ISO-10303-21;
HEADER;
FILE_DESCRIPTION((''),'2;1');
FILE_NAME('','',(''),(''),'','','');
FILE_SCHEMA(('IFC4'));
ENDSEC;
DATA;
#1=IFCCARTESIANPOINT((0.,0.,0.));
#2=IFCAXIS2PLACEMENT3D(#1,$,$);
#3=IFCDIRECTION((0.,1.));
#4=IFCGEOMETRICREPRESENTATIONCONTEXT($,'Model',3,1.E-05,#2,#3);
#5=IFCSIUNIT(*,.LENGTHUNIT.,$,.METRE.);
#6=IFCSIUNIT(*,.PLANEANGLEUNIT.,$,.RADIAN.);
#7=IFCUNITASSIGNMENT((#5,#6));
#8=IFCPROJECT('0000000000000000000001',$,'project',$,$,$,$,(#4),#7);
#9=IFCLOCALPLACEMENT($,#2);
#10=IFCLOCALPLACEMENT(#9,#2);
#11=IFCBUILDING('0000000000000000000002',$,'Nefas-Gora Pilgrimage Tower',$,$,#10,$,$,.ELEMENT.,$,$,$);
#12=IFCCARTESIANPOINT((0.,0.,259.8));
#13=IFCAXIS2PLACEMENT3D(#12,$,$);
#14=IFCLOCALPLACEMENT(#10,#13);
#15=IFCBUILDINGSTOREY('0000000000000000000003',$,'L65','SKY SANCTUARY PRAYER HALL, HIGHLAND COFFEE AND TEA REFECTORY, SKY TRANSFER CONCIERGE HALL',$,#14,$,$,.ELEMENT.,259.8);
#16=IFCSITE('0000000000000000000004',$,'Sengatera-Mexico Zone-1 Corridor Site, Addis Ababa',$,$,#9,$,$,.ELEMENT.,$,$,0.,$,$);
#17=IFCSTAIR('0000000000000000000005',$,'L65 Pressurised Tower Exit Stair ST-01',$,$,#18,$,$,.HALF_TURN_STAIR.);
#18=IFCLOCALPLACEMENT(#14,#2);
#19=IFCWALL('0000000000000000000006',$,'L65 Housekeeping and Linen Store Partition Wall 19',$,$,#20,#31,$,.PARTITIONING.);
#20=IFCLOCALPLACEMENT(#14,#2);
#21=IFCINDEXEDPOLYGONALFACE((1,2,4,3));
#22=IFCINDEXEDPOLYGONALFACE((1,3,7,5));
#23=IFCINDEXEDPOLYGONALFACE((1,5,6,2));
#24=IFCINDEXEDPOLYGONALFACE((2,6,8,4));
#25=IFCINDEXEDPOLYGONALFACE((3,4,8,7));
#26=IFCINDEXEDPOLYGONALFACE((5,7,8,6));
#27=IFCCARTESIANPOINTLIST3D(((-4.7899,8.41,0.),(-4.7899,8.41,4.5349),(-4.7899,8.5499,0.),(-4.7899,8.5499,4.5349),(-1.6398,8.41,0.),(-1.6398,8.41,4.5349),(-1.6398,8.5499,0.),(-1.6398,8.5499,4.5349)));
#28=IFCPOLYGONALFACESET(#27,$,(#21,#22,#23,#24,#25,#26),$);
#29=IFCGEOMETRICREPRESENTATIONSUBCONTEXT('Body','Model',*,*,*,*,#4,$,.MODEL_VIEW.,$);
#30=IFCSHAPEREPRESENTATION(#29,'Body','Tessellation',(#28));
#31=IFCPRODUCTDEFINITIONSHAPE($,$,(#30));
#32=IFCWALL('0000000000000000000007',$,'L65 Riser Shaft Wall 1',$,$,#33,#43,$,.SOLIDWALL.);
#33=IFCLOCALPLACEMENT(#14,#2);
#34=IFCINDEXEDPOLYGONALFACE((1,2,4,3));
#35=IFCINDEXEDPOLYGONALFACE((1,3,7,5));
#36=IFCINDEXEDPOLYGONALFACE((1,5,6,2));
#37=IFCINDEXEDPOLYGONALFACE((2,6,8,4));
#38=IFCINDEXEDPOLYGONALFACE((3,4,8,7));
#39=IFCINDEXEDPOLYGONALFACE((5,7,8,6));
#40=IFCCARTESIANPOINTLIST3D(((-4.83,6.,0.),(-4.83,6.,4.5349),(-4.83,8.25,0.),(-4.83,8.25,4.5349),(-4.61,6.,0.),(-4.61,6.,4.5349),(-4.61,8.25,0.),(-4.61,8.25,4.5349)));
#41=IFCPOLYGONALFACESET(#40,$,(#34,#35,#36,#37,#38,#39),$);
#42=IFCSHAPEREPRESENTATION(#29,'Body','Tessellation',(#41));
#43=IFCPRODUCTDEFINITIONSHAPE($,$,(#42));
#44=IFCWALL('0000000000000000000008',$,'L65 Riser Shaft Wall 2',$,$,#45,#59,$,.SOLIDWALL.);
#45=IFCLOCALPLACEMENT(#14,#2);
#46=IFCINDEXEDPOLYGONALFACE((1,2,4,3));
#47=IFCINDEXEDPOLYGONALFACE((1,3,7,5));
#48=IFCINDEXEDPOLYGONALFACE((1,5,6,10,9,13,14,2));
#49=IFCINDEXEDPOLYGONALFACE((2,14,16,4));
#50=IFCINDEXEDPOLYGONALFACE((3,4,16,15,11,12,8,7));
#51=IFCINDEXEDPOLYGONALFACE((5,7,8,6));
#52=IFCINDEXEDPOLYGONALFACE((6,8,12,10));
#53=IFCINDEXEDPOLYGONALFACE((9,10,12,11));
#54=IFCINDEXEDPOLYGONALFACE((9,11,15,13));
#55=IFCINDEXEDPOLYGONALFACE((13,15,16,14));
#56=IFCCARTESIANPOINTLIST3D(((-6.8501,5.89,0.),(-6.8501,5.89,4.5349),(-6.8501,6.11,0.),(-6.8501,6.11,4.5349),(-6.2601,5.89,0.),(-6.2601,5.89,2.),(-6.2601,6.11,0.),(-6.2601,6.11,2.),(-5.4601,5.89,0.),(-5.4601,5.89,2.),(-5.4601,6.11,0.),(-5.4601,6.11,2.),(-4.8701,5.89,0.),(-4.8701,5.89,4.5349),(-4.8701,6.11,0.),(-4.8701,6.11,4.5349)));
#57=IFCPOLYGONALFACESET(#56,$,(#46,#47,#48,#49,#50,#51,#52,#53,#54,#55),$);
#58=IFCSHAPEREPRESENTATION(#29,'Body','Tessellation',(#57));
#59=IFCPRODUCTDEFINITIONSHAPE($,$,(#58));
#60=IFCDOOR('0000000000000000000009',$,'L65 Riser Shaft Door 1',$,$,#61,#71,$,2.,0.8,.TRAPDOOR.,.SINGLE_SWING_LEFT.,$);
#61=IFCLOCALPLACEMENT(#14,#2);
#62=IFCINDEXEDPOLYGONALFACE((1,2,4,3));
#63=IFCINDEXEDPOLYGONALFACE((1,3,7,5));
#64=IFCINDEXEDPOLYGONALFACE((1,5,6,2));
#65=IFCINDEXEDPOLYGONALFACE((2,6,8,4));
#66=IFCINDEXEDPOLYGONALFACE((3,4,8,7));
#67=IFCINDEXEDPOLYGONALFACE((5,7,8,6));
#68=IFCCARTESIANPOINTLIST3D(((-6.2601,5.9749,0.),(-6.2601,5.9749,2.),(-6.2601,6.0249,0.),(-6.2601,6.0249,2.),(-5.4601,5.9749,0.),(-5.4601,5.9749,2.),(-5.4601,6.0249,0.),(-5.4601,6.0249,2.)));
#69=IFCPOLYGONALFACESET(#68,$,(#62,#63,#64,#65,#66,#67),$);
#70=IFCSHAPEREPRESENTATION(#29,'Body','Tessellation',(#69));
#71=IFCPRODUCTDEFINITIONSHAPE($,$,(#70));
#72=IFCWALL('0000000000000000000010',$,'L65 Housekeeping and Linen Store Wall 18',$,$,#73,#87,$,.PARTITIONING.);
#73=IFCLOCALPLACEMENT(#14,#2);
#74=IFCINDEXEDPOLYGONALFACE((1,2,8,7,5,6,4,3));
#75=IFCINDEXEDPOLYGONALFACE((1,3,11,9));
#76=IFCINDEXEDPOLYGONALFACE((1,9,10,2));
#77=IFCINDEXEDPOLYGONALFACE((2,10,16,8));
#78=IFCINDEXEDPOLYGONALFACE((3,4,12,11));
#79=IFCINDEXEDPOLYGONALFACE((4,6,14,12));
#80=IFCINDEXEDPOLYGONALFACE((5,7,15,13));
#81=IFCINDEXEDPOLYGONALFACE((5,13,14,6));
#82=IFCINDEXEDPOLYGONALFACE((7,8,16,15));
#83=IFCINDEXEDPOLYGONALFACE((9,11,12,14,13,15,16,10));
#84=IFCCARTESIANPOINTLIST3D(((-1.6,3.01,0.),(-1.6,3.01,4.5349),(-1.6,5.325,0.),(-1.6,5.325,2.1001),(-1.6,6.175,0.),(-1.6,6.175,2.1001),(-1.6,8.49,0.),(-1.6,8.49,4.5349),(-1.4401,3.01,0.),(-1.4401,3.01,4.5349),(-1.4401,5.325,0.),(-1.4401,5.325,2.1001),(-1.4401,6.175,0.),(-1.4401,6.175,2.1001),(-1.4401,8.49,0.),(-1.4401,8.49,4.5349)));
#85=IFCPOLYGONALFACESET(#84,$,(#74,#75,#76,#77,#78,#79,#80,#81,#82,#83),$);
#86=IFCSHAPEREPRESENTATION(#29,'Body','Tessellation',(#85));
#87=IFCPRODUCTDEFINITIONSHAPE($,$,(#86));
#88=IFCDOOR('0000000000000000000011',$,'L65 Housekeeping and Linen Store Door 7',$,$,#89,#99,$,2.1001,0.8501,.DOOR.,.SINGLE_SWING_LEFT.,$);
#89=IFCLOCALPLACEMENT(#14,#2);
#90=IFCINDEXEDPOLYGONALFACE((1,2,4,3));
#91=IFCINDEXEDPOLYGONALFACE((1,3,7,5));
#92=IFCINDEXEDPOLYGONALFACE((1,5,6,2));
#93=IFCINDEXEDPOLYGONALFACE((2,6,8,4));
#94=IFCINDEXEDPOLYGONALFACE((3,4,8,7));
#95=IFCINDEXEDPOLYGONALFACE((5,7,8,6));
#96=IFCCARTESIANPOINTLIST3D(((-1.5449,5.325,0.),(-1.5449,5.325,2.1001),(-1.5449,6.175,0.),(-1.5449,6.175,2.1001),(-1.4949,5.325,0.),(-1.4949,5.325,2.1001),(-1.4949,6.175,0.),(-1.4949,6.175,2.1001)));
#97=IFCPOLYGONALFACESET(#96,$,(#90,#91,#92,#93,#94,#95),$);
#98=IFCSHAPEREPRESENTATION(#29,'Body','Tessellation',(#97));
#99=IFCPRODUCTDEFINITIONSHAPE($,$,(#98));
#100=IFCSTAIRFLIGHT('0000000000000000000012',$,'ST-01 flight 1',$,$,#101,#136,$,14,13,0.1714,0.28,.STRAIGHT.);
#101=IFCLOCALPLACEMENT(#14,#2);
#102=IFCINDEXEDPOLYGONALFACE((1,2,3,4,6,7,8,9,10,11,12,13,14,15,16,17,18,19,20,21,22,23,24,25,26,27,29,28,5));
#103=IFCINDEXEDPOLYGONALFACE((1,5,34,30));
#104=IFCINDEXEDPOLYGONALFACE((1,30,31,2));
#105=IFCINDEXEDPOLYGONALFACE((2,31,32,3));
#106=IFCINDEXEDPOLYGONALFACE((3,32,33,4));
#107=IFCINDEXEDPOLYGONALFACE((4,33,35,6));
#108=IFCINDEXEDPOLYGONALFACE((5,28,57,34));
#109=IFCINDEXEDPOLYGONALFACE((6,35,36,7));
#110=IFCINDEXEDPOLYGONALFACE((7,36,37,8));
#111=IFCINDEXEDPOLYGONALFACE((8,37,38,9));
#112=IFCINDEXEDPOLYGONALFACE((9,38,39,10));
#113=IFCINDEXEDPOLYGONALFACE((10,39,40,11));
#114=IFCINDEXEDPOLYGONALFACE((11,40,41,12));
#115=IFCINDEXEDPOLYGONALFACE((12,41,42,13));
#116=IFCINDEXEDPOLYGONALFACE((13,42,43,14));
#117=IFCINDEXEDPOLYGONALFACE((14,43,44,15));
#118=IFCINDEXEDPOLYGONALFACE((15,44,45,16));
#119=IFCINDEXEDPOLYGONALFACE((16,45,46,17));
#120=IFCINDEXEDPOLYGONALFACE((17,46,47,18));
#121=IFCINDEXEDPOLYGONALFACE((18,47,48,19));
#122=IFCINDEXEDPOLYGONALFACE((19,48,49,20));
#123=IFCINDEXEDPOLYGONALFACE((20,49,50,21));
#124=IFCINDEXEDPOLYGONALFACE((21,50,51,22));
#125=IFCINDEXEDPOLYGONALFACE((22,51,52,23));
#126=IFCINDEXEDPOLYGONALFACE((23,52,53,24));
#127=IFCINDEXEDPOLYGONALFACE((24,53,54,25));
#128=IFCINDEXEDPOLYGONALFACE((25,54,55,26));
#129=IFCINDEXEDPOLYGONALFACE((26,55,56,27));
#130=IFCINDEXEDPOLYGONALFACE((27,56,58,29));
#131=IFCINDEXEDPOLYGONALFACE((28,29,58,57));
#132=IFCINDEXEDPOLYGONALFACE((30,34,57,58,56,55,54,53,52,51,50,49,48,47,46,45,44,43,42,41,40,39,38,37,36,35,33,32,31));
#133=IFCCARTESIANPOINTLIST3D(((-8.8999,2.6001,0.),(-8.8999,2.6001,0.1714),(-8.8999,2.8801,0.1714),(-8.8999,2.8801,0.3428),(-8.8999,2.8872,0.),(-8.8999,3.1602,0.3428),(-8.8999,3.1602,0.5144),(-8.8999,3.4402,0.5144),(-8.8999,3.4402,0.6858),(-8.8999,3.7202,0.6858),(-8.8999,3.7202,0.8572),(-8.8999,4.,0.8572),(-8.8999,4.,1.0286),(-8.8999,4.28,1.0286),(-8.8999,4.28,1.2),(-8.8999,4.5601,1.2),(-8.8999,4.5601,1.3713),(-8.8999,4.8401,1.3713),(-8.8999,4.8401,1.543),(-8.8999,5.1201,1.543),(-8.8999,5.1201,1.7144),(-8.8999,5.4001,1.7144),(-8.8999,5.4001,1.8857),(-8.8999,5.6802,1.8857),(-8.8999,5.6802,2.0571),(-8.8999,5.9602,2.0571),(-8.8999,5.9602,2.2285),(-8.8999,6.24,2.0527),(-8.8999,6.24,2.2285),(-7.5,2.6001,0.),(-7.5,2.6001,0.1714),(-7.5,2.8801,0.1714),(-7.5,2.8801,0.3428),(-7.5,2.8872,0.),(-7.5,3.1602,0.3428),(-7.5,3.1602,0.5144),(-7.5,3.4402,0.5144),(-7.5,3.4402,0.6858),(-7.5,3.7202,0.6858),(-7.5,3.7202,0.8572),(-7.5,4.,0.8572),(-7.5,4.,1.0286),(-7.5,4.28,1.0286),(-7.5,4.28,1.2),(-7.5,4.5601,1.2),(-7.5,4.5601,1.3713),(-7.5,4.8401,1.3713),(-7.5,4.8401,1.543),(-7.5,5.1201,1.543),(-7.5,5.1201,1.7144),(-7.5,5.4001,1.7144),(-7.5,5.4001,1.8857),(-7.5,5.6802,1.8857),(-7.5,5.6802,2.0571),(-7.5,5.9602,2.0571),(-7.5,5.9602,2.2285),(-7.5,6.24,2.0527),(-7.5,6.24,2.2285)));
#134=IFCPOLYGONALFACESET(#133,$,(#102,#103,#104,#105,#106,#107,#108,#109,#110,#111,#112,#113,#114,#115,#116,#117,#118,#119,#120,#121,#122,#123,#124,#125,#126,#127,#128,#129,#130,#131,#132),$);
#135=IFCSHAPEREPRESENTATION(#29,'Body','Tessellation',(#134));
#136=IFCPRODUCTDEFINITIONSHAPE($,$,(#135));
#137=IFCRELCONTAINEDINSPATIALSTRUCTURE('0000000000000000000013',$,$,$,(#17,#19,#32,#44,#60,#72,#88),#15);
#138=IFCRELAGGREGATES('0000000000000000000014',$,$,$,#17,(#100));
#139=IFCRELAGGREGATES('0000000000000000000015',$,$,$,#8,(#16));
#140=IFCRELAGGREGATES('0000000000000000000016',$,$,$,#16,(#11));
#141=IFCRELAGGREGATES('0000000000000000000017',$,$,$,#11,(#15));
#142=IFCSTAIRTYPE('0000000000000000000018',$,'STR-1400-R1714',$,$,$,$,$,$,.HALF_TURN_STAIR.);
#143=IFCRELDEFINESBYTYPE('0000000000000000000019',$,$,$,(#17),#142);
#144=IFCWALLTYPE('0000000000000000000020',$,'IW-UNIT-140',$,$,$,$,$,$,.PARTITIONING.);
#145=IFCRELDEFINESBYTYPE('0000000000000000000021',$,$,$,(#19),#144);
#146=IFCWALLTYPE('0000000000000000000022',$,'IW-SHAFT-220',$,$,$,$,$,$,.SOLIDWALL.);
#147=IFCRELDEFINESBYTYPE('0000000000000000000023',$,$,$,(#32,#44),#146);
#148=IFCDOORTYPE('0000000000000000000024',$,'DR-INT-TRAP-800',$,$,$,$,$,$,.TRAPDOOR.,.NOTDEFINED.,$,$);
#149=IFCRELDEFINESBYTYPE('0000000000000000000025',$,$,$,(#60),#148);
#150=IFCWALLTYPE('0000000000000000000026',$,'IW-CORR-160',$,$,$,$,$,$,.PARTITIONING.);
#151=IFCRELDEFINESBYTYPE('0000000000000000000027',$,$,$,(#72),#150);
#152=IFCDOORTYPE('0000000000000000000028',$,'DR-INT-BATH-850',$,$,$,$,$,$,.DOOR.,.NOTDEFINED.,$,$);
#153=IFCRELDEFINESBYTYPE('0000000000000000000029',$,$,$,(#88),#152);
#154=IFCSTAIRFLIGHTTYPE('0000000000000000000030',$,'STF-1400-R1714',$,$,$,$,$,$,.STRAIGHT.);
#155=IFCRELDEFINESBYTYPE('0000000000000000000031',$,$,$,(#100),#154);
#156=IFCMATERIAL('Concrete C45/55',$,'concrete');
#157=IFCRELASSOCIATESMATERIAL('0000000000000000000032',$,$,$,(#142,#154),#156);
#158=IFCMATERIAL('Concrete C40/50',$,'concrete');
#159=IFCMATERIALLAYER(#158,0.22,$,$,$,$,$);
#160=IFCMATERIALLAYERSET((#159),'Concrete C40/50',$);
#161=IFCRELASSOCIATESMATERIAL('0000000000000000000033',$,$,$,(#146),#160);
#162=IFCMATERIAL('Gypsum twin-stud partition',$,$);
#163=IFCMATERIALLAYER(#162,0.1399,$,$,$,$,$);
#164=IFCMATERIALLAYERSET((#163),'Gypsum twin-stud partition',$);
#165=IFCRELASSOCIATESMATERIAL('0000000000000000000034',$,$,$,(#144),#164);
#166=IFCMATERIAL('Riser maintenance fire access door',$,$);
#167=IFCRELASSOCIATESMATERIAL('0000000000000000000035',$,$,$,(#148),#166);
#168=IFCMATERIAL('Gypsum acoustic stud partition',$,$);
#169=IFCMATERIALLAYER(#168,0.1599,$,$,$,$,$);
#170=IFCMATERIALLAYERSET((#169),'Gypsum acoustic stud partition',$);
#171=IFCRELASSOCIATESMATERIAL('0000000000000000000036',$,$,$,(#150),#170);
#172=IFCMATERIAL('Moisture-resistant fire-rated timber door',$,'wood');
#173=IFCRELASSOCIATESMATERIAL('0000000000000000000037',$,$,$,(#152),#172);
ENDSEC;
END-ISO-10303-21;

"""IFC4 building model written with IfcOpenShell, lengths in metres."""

from ifc_helpers import new_model, si_unit, direction, frame, frame_2d, origin, place, context, subcontext, project, spatial, polyline, rectangle, outline, extrude, source, transform, mapped, material, layer, layer_set, type_object, element, fill, aggregate, save


model = new_model("IFC4")

# Units and contexts
model_context = context("Model", 3, precision=1e-05, world=origin(), true_north=direction((0.0, 1.0)))
body_context = subcontext(model_context, "Body", "Model", "MODEL_VIEW")
ifc_project = project(units=[si_unit("LENGTHUNIT", "METRE"), si_unit("PLANEANGLEUNIT", "RADIAN")], contexts=[model_context])

# Site, building, storey
site_placement = place(None, origin())
site = spatial("IfcSite", under=ifc_project, at=site_placement, Name="Sengatera-Mexico Zone-1 Corridor Site, Addis Ababa", CompositionType="ELEMENT", RefElevation=0.0)
building_placement = place(site_placement, origin())
building = spatial("IfcBuilding", under=site, at=building_placement, Name="Nefas-Gora Pilgrimage Tower", CompositionType="ELEMENT")
storey_placement = place(building_placement, frame((0.0, 0.0, 259.8)))
storey = spatial("IfcBuildingStorey", under=building, at=storey_placement, Name="L65", Description="SKY SANCTUARY PRAYER HALL, HIGHLAND COFFEE AND TEA REFECTORY, SKY TRANSFER CONCIERGE HALL", CompositionType="ELEMENT", Elevation=259.8)

# Shared definitions
ifc_material_1 = material(Name="Concrete C45/55", Category="concrete")

# Stair
stair_type = type_object("IfcStairType", Name="STR-1400-R1714", PredefinedType="HALF_TURN_STAIR", material=ifc_material_1)
stair_placement = place(storey_placement, origin())
stair = element("IfcStair", 1, at=stair_placement, inside=storey, type_object=stair_type, Name="L65 Pressurised Tower Exit Stair ST-01", PredefinedType="HALF_TURN_STAIR")
ifc_material_2 = material(Name="Concrete C40/50", Category="concrete")

# Shared definitions
ifc_layer_1 = layer(ifc_material_2, 0.22)
ifc_layer_set_1 = layer_set([ifc_layer_1], Name="Concrete C40/50")
wall_type_1 = type_object("IfcWallType", Name="IW-SHAFT-220", PredefinedType="SOLIDWALL", material=ifc_layer_set_1)

# Walls
ifc_material_3 = material(Name="Gypsum twin-stud partition")
ifc_layer_2 = layer(ifc_material_3, 0.1399)
ifc_layer_set_2 = layer_set([ifc_layer_2], Name="Gypsum twin-stud partition")
wall_type_2 = type_object("IfcWallType", Name="IW-UNIT-140", PredefinedType="PARTITIONING", material=ifc_layer_set_2)
shared_shape_1 = source(origin(), body_context, "Body", "SweptSolid", [
    extrude(rectangle(XDim=3.1501, YDim=0.1399, at=frame_2d((1.5752, 0.0))), origin(), (0.0, 0.0, 1.0), 4.5349),
])
wall_1_placement = place(storey_placement, frame((-4.79, 8.48, 0.0), z_axis=(0.0, 0.0, 1.0), x_axis=(1.0, 0.0, 0.0)))
element("IfcWall", 2, at=wall_1_placement, inside=storey, type_object=wall_type_2, Name="L65 Housekeeping and Linen Store Partition Wall 19", PredefinedType="PARTITIONING", context=body_context, shape_type="MappedRepresentation", body=[
    mapped(shared_shape_1, transform((0.0, 0.0, 0.0), x_axis=(1.0, 0.0, 0.0), y_axis=(0.0, 1.0, 0.0), z_axis=(0.0, 0.0, 1.0), scale=1.0)),
])
shared_shape_2 = source(origin(), body_context, "Body", "SweptSolid", [
    extrude(rectangle(XDim=2.25, YDim=0.22, at=frame_2d((1.125, 0.0))), origin(), (0.0, 0.0, 1.0), 4.5349),
])
wall_2_placement = place(storey_placement, frame((-4.72, 6.0, 0.0), z_axis=(0.0, 0.0, 1.0), x_axis=(0.0, 1.0, 0.0)))
element("IfcWall", 3, at=wall_2_placement, inside=storey, type_object=wall_type_1, Name="L65 Riser Shaft Wall 1", PredefinedType="SOLIDWALL", context=body_context, shape_type="MappedRepresentation", body=[
    mapped(shared_shape_2, transform((0.0, 0.0, 0.0), x_axis=(1.0, 0.0, 0.0), y_axis=(0.0, 1.0, 0.0), z_axis=(0.0, 0.0, 1.0), scale=1.0)),
])

# Walls, openings, doors
shared_shape_3 = source(origin(), body_context, "Body", "SweptSolid", [
    extrude(rectangle(XDim=1.98, YDim=0.22, at=frame_2d((0.99, 0.0))), origin(), (0.0, 0.0, 1.0), 4.5349),
])
wall_3_placement = place(storey_placement, frame((-6.8501, 6.0, 0.0), z_axis=(0.0, 0.0, 1.0), x_axis=(1.0, 0.0, 0.0)))
wall_3 = element("IfcWall", 4, at=wall_3_placement, inside=storey, type_object=wall_type_1, Name="L65 Riser Shaft Wall 2", PredefinedType="SOLIDWALL", context=body_context, shape_type="MappedRepresentation", body=[
    mapped(shared_shape_3, transform((0.0, 0.0, 0.0), x_axis=(1.0, 0.0, 0.0), y_axis=(0.0, 1.0, 0.0), z_axis=(0.0, 0.0, 1.0), scale=1.0)),
])
opening_1_placement = place(wall_3_placement, frame((0.5901, 0.0, 0.0)))
opening_1 = element("IfcOpeningElement", 5, at=opening_1_placement, cuts=wall_3, PredefinedType="OPENING", context=body_context, shape_type="SweptSolid", body=[
    extrude(rectangle(XDim=0.8, YDim=2.0, at=frame_2d((0.3999, 1.0))), frame((0.0, 0.1199, 0.0), z_axis=(0.0, -1.0, 0.0), x_axis=(1.0, 0.0, 0.0)), (0.0, 0.0, 1.0), 0.24),
])
ifc_material_4 = material(Name="Riser maintenance fire access door")
door_type_1 = type_object("IfcDoorType", Name="DR-INT-TRAP-800", OperationType="NOTDEFINED", PredefinedType="TRAPDOOR", material=ifc_material_4)
shared_shape_4 = source(origin(), body_context, "Body", "SweptSolid", [
    extrude(rectangle(XDim=0.8, YDim=2.0, at=frame_2d((0.3999, 1.0))), frame((0.0, 0.0249, 0.0), z_axis=(0.0, -1.0, 0.0), x_axis=(1.0, 0.0, 0.0)), (0.0, 0.0, 1.0), 0.05),
])
door_1_placement = place(opening_1_placement, origin())
door_1 = element("IfcDoor", 6, at=door_1_placement, inside=storey, type_object=door_type_1, Name="L65 Riser Shaft Door 1", OperationType="SINGLE_SWING_LEFT", OverallHeight=2.0, OverallWidth=0.8, PredefinedType="TRAPDOOR", context=body_context, shape_type="MappedRepresentation", body=[
    mapped(shared_shape_4, transform((0.0, 0.0, 0.0), x_axis=(1.0, 0.0, 0.0), y_axis=(0.0, 1.0, 0.0), z_axis=(0.0, 0.0, 1.0), scale=1.0)),
])
fill(opening_1, door_1)
ifc_material_5 = material(Name="Gypsum acoustic stud partition")
ifc_layer_3 = layer(ifc_material_5, 0.1599)
ifc_layer_set_3 = layer_set([ifc_layer_3], Name="Gypsum acoustic stud partition")
wall_type_3 = type_object("IfcWallType", Name="IW-CORR-160", PredefinedType="PARTITIONING", material=ifc_layer_set_3)
shared_shape_5 = source(origin(), body_context, "Body", "SweptSolid", [
    extrude(rectangle(XDim=5.48, YDim=0.1599, at=frame_2d((2.74, 0.0))), origin(), (0.0, 0.0, 1.0), 4.5349),
])
wall_4_placement = place(storey_placement, frame((-1.52, 3.01, 0.0), z_axis=(0.0, 0.0, 1.0), x_axis=(0.0, 1.0, 0.0)))
wall_4 = element("IfcWall", 7, at=wall_4_placement, inside=storey, type_object=wall_type_3, Name="L65 Housekeeping and Linen Store Wall 18", PredefinedType="PARTITIONING", context=body_context, shape_type="MappedRepresentation", body=[
    mapped(shared_shape_5, transform((0.0, 0.0, 0.0), x_axis=(1.0, 0.0, 0.0), y_axis=(0.0, 1.0, 0.0), z_axis=(0.0, 0.0, 1.0), scale=1.0)),
])
opening_2_placement = place(wall_4_placement, frame((2.3149, 0.0, 0.0)))
opening_2 = element("IfcOpeningElement", 8, at=opening_2_placement, cuts=wall_4, PredefinedType="OPENING", context=body_context, shape_type="SweptSolid", body=[
    extrude(rectangle(XDim=0.8501, YDim=2.1001, at=frame_2d((0.425, 1.05))), frame((0.0, 0.0898, 0.0), z_axis=(0.0, -1.0, 0.0), x_axis=(1.0, 0.0, 0.0)), (0.0, 0.0, 1.0), 0.1799),
])
ifc_material_6 = material(Name="Moisture-resistant fire-rated timber door", Category="wood")
door_type_2 = type_object("IfcDoorType", Name="DR-INT-BATH-850", OperationType="NOTDEFINED", PredefinedType="DOOR", material=ifc_material_6)
shared_shape_6 = source(origin(), body_context, "Body", "SweptSolid", [
    extrude(rectangle(XDim=0.8501, YDim=2.1001, at=frame_2d((0.425, 1.05))), frame((0.0, 0.0249, 0.0), z_axis=(0.0, -1.0, 0.0), x_axis=(1.0, 0.0, 0.0)), (0.0, 0.0, 1.0), 0.05),
])
door_2_placement = place(opening_2_placement, origin())
door_2 = element("IfcDoor", 9, at=door_2_placement, inside=storey, type_object=door_type_2, Name="L65 Housekeeping and Linen Store Door 7", OperationType="SINGLE_SWING_LEFT", OverallHeight=2.1001, OverallWidth=0.8501, PredefinedType="DOOR", context=body_context, shape_type="MappedRepresentation", body=[
    mapped(shared_shape_6, transform((0.0, 0.0, 0.0), x_axis=(1.0, 0.0, 0.0), y_axis=(0.0, 1.0, 0.0), z_axis=(0.0, 0.0, 1.0), scale=1.0)),
])
fill(opening_2, door_2)

# Stair flight
stair_flight_type = type_object("IfcStairFlightType", Name="STF-1400-R1714", PredefinedType="STRAIGHT", material=ifc_material_1)
shared_shape_7 = source(origin(), body_context, "Body", "SweptSolid", [
    extrude(outline(polyline([(0.0, 0.0), (0.0, 0.1714), (0.28, 0.1714), (0.28, 0.3428), (0.5601, 0.3428), (0.5601, 0.5144), (0.8401, 0.5144), (0.8401, 0.6858), (1.1201, 0.6858), (1.1201, 0.8572), (1.3999, 0.8572), (1.3999, 1.0286), (1.6799, 1.0286), (1.6799, 1.2), (1.96, 1.2), (1.96, 1.3713), (2.24, 1.3713), (2.24, 1.543), (2.52, 1.543), (2.52, 1.7144), (2.8, 1.7144), (2.8, 1.8857), (3.0801, 1.8857), (3.0801, 2.0571), (3.3601, 2.0571), (3.3601, 2.2285), (3.6399, 2.2285), (3.6399, 2.3999), (3.6399, 2.0527), (0.2871, 0.0), (0.0, 0.0)])), frame((0.0, 0.7, 0.0), z_axis=(0.0, -1.0, 0.0), x_axis=(1.0, 0.0, 0.0)), (0.0, 0.0, 1.0), 1.3999),
])
stair_flight_1_placement = place(storey_placement, frame((-8.2, 2.6001, 0.0), z_axis=(0.0, 0.0, 1.0), x_axis=(0.0, 1.0, 0.0)))
stair_flight_1 = element("IfcStairFlight", 10, at=stair_flight_1_placement, type_object=stair_flight_type, Name="ST-01 flight 1", NumberOfRisers=14, NumberOfTreads=13, PredefinedType="STRAIGHT", RiserHeight=0.1714, TreadLength=0.28, context=body_context, shape_type="MappedRepresentation", body=[
    mapped(shared_shape_7, transform((0.0, 0.0, 0.0), x_axis=(1.0, 0.0, 0.0), y_axis=(0.0, 1.0, 0.0), z_axis=(0.0, 0.0, 1.0), scale=1.0)),
])
aggregate(stair, [stair_flight_1])

save(model, "model.ifc")
